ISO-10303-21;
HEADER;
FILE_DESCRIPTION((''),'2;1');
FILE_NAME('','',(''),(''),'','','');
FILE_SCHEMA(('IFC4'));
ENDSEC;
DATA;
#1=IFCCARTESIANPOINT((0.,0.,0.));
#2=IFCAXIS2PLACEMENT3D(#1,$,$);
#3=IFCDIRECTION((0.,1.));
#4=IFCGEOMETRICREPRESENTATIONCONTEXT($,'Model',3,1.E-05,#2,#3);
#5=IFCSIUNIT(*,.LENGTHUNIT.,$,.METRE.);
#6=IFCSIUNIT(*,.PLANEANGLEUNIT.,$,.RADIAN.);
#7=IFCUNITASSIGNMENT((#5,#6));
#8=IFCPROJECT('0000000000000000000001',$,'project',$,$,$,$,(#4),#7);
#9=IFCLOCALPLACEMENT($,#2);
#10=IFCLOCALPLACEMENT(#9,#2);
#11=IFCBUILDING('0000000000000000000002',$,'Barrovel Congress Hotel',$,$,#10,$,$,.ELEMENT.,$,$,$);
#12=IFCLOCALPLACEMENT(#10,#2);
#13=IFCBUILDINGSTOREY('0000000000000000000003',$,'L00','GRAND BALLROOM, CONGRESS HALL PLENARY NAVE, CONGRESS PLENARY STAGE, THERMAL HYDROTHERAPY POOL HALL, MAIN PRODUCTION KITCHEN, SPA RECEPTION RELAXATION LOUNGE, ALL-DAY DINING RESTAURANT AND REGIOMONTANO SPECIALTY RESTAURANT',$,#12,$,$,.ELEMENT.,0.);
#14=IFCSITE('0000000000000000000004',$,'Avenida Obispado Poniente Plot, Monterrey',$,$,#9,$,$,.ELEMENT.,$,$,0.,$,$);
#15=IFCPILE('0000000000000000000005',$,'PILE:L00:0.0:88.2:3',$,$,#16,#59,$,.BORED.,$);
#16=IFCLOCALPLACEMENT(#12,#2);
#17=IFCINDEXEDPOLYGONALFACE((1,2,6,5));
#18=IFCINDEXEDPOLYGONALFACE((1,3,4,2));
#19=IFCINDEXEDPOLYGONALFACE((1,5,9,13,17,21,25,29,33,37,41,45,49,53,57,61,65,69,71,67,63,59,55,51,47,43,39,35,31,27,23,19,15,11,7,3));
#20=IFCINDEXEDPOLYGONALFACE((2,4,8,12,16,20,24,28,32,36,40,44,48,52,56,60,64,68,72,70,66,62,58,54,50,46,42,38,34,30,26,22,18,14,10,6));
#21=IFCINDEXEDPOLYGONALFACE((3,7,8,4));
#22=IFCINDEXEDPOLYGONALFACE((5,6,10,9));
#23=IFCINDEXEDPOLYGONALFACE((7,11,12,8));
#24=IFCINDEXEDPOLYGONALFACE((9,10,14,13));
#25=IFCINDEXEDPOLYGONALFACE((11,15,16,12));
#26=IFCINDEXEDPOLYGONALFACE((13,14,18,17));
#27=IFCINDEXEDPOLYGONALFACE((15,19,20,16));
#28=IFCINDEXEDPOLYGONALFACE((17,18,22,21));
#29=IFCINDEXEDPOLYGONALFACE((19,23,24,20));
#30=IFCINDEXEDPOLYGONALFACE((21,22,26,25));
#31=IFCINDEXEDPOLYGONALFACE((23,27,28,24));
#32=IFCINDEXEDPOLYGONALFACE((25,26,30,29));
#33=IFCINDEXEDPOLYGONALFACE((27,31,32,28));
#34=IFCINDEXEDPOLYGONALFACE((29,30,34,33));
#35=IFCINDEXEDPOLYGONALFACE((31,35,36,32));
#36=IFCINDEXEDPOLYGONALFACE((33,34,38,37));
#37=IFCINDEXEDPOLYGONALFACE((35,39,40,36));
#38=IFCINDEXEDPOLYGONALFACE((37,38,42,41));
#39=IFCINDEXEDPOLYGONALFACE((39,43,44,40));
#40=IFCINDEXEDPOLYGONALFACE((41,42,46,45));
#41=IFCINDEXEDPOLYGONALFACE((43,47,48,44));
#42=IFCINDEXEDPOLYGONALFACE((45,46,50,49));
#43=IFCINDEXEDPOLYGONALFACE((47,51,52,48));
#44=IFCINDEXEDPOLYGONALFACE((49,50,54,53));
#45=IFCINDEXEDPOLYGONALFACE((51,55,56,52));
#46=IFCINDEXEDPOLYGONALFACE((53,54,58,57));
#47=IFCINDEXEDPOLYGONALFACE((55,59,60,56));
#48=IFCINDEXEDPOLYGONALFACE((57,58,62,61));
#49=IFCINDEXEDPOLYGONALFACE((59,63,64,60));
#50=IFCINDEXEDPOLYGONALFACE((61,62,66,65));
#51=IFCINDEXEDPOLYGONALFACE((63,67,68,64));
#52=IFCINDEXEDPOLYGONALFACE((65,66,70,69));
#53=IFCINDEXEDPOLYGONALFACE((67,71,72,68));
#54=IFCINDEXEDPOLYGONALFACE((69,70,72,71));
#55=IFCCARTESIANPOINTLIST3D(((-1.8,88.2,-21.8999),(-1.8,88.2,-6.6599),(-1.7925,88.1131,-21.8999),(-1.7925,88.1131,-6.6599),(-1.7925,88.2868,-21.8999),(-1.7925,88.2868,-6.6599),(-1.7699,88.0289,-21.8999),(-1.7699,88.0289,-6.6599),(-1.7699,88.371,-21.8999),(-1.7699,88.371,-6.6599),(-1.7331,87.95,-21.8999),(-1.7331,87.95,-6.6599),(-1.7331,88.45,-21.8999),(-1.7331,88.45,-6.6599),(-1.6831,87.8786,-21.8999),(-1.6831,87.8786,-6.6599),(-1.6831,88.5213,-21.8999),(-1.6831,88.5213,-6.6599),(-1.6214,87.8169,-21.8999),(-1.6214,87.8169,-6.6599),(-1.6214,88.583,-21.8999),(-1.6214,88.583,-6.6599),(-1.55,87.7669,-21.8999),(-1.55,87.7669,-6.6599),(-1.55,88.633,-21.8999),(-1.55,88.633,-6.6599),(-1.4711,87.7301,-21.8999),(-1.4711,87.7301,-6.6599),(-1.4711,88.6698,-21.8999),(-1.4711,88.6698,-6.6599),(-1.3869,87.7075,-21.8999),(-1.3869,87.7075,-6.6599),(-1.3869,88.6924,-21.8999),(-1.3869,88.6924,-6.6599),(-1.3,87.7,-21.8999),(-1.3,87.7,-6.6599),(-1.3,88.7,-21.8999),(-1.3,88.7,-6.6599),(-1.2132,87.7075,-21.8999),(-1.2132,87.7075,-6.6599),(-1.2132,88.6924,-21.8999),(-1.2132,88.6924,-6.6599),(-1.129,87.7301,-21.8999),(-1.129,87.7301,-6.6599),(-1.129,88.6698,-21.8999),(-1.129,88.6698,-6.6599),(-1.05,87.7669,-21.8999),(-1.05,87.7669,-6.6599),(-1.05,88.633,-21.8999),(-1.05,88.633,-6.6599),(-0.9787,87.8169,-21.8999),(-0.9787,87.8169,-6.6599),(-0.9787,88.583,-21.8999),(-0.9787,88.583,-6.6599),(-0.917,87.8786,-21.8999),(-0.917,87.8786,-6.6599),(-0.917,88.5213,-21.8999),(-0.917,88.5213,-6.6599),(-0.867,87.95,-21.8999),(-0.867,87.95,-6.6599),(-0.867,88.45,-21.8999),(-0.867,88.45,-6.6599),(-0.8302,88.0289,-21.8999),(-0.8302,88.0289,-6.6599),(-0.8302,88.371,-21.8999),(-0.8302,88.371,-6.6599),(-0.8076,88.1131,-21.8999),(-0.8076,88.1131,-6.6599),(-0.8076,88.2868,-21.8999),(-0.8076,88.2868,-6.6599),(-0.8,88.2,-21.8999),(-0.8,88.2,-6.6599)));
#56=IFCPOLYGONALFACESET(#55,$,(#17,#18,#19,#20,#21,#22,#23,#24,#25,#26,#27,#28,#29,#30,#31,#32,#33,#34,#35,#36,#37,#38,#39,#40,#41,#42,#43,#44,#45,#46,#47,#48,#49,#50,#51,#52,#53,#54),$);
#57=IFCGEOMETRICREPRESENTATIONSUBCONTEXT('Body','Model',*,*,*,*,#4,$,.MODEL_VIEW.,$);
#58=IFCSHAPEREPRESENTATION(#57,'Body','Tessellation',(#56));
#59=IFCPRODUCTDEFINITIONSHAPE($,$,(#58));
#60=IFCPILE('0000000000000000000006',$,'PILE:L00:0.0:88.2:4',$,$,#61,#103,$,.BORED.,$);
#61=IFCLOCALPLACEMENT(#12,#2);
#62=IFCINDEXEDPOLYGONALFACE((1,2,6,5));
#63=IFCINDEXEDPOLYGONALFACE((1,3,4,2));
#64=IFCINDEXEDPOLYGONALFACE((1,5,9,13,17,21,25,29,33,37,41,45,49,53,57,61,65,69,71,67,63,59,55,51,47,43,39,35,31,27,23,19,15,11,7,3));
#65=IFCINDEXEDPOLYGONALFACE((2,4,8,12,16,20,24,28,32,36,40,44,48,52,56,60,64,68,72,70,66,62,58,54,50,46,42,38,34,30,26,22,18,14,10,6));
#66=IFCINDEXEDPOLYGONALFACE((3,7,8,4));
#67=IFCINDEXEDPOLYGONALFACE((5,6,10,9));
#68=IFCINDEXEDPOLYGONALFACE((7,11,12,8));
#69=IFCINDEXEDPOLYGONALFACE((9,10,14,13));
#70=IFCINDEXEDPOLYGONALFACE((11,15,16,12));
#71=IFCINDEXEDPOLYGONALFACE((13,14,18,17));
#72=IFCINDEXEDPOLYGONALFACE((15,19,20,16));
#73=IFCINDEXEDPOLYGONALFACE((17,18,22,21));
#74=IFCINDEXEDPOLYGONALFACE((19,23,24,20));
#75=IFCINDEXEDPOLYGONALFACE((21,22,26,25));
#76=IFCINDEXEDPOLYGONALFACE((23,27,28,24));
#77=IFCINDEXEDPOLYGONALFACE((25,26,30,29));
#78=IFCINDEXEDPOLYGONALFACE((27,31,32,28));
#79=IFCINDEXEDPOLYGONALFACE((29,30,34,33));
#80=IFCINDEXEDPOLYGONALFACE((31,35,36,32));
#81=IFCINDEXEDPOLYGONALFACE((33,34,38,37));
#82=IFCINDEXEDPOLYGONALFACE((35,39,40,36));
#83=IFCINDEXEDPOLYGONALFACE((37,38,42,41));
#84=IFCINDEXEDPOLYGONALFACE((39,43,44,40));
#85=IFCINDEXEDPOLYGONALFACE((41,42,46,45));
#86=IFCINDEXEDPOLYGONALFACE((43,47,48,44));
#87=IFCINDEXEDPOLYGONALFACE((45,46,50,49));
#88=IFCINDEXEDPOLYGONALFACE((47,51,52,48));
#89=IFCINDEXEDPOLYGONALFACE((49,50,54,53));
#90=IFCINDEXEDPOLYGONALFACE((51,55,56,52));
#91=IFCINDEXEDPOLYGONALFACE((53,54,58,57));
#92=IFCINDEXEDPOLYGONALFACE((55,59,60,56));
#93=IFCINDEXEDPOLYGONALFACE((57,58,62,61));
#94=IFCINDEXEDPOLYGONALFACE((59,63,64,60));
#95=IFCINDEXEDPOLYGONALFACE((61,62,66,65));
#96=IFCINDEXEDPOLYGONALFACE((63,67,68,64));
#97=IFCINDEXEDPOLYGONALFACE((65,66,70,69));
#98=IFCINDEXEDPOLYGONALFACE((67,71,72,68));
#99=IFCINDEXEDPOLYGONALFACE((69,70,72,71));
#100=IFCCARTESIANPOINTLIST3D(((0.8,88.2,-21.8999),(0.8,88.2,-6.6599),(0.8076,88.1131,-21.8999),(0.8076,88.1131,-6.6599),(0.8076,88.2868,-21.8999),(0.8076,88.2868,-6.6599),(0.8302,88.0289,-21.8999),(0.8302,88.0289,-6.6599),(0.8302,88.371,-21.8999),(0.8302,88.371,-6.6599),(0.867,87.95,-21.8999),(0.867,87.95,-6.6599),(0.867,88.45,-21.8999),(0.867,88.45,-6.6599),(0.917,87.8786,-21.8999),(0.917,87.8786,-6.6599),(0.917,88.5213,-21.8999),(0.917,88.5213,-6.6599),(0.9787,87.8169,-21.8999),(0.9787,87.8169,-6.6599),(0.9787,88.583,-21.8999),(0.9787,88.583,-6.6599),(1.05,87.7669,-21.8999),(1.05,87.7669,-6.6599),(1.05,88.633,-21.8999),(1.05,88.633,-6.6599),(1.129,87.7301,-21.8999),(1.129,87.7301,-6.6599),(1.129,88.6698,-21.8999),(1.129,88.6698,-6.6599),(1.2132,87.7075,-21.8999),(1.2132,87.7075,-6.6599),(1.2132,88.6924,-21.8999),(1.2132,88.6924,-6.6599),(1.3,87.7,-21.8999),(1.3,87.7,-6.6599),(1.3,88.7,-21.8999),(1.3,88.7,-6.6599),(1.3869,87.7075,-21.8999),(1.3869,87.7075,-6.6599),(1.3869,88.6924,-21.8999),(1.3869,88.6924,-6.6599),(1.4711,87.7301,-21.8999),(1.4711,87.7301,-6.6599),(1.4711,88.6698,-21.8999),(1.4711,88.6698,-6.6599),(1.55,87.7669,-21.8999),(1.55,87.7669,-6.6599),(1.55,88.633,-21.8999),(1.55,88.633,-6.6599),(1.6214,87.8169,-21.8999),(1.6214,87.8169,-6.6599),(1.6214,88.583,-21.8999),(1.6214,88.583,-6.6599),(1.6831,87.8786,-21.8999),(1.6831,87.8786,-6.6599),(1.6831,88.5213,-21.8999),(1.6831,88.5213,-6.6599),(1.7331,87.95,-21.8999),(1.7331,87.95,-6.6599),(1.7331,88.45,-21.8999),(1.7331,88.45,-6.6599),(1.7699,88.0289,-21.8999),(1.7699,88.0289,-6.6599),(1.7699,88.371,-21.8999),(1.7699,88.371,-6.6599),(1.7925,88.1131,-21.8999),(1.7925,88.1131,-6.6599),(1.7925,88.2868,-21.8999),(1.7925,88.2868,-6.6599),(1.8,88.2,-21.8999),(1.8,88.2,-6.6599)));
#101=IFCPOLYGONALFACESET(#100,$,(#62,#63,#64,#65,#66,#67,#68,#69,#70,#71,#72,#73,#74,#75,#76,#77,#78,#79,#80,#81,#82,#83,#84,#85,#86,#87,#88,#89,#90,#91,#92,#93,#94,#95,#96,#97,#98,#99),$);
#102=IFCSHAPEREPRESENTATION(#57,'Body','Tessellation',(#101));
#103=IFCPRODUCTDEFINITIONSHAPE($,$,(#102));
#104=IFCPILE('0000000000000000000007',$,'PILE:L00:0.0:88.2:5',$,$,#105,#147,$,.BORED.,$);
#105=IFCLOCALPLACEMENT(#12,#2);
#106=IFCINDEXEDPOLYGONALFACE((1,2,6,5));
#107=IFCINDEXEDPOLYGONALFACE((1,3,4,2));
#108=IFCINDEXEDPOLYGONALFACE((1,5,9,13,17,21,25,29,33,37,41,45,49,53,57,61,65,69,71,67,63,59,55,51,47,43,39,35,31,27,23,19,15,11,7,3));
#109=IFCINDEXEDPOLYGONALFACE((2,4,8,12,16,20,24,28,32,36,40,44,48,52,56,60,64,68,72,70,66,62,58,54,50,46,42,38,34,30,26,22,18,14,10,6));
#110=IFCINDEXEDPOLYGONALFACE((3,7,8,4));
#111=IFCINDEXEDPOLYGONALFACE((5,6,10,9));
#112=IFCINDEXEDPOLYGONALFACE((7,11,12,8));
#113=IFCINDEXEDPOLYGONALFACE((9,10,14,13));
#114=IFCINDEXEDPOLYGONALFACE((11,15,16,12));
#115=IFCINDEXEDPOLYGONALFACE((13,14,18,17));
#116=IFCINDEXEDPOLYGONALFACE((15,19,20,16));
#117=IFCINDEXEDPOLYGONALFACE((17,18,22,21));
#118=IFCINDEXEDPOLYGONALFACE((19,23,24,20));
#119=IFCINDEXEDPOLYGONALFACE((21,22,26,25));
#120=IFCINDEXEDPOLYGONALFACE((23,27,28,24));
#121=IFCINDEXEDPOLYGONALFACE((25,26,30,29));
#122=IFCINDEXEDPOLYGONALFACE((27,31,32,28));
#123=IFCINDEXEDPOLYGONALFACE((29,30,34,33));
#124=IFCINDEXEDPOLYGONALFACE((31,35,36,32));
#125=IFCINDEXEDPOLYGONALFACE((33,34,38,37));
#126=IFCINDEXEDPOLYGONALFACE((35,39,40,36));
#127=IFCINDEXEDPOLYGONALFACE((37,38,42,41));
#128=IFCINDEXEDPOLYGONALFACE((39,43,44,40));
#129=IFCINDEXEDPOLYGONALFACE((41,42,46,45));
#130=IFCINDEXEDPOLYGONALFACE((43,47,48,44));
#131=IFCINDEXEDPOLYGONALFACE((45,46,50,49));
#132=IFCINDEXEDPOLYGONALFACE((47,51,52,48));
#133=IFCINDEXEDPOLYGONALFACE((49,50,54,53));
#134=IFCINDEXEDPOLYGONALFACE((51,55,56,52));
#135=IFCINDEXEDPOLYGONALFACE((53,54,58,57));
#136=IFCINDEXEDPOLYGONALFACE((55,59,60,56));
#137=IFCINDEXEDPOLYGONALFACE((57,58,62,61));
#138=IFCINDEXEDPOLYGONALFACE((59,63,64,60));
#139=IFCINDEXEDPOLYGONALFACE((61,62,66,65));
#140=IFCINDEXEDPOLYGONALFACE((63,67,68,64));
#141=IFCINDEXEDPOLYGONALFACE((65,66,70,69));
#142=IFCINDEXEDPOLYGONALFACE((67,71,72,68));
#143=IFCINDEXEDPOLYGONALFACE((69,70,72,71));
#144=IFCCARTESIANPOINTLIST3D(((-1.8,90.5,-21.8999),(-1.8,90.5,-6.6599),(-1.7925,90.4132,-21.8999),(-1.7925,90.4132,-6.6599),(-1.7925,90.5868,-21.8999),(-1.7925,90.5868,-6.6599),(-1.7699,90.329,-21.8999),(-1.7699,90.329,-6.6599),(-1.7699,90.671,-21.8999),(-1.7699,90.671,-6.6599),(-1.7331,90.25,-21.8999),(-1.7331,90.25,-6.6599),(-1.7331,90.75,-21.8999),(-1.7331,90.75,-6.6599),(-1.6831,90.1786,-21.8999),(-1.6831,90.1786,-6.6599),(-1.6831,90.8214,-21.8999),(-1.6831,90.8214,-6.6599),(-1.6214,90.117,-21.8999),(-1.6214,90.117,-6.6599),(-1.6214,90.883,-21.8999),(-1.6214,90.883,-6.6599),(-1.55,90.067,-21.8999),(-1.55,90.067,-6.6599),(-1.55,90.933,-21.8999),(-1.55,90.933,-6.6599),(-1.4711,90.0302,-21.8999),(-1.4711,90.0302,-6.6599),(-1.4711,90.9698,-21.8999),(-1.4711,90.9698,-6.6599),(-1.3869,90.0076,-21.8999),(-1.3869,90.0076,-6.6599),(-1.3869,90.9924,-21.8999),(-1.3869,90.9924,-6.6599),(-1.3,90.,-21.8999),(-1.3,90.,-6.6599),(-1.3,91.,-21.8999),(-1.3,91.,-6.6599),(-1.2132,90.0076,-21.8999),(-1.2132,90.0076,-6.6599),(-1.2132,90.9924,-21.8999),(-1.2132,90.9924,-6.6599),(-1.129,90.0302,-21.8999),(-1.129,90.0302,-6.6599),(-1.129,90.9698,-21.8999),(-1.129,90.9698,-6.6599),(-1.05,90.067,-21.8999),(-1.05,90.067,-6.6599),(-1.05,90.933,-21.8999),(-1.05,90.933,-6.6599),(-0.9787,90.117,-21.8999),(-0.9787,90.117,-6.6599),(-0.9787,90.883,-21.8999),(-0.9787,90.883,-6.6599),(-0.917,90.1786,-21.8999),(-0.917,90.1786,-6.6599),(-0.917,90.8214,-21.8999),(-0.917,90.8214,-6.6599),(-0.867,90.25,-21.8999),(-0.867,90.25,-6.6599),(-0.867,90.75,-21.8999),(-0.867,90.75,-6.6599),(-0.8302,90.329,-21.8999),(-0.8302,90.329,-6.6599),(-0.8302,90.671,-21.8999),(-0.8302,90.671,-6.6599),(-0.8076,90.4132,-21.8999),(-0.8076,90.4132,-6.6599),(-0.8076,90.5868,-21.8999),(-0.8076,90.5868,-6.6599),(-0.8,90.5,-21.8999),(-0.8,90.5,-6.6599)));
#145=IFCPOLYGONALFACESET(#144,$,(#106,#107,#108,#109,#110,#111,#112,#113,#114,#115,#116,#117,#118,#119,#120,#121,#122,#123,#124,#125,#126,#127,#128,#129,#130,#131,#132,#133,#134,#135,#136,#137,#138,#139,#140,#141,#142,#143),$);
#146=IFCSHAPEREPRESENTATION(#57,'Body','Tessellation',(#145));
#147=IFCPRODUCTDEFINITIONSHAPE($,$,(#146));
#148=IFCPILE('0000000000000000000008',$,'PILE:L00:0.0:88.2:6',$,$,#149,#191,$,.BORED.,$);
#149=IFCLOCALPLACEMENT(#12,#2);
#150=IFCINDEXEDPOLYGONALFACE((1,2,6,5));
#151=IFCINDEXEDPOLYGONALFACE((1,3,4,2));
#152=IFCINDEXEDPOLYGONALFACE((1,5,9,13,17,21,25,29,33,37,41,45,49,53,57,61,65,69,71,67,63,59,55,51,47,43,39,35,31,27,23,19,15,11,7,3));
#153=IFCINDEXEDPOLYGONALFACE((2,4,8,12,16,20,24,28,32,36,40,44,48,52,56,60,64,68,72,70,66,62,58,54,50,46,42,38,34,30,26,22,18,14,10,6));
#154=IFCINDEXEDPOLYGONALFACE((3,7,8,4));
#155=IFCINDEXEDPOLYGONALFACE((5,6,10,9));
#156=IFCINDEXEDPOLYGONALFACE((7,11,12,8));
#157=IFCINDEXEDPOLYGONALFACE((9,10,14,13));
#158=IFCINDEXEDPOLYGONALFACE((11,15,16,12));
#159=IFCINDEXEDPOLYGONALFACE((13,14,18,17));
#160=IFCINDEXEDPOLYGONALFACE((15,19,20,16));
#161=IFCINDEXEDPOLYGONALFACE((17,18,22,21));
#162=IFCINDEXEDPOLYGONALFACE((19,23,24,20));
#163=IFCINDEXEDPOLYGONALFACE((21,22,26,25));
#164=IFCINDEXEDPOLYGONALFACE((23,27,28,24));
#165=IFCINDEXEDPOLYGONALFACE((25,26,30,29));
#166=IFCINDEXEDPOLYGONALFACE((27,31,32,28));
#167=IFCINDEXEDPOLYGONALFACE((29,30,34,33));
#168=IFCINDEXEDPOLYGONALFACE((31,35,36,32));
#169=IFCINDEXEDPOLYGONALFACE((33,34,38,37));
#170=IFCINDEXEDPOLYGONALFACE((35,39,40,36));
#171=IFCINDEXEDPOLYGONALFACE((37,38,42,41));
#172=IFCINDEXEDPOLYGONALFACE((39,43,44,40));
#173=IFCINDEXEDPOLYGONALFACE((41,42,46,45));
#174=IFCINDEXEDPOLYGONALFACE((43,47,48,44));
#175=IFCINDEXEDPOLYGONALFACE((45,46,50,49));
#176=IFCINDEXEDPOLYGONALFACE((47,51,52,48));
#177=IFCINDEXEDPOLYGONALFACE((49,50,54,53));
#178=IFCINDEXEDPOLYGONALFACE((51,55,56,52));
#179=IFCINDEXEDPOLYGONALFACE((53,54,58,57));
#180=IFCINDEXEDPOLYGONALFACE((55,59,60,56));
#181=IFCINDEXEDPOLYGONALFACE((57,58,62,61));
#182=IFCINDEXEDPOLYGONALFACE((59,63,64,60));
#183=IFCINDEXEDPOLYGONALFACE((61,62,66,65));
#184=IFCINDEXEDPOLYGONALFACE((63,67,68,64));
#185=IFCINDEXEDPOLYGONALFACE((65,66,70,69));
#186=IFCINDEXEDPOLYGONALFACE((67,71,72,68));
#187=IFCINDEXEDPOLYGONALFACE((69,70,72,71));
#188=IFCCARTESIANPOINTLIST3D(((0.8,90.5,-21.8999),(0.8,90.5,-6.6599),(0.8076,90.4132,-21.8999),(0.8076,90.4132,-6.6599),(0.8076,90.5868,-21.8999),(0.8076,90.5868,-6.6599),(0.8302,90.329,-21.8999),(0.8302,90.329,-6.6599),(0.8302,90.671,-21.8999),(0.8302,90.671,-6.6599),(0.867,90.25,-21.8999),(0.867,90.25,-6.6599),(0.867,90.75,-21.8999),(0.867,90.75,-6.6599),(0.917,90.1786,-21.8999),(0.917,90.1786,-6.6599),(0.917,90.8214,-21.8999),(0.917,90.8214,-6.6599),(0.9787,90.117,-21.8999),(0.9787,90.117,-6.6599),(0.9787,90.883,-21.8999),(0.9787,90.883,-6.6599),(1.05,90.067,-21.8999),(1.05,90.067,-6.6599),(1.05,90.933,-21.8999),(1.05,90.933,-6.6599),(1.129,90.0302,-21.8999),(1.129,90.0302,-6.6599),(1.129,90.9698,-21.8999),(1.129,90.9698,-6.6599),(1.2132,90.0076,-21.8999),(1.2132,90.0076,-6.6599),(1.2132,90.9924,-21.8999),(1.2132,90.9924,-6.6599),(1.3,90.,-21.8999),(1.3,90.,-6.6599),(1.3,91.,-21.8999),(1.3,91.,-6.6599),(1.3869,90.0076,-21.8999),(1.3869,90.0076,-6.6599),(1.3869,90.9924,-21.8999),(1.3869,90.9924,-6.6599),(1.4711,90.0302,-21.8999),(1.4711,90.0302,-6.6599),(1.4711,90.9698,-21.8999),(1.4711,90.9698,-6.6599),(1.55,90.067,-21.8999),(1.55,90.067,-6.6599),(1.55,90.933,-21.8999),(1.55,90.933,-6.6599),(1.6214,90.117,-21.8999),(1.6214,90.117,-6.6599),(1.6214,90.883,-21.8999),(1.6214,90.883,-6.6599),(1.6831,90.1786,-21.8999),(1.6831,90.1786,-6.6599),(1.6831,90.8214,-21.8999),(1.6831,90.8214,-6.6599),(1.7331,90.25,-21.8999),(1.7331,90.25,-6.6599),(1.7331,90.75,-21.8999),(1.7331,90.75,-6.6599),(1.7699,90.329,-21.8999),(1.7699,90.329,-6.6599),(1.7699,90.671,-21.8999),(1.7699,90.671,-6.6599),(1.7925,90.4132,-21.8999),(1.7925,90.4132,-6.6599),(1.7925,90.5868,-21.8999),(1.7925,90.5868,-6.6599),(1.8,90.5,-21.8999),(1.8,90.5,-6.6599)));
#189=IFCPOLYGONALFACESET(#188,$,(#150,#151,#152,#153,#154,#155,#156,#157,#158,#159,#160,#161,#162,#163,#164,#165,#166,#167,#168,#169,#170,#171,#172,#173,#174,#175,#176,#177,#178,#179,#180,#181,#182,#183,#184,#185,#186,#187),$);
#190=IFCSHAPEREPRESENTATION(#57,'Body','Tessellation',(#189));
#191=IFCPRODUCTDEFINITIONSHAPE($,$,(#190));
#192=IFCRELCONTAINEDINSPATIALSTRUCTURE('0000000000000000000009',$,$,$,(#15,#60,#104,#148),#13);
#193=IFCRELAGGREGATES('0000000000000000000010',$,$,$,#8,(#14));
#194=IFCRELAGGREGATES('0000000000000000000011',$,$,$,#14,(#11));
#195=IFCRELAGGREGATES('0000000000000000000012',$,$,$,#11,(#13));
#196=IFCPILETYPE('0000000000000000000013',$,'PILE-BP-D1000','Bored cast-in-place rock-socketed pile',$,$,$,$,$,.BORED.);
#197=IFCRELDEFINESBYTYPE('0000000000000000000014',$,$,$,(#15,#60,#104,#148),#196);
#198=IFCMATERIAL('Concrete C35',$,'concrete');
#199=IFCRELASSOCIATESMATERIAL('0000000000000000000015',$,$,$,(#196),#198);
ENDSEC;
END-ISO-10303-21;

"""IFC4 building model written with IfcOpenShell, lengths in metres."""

from ifc_helpers import new_model, si_unit, direction, frame, origin, origin_2d, place, context, subcontext, project, spatial, circle, extrude, material, material_profile, profile_set, type_object, element, save


model = new_model("IFC4")

# Units and contexts
model_context = context("Model", 3, precision=1e-05, world=origin(), true_north=direction((0.0, 1.0)))
body_context = subcontext(model_context, "Body", "Model", "MODEL_VIEW")
ifc_project = project(units=[si_unit("LENGTHUNIT", "METRE"), si_unit("PLANEANGLEUNIT", "RADIAN")], contexts=[model_context])

# Site, building, storey
site_placement = place(None, origin())
site = spatial("IfcSite", under=ifc_project, at=site_placement, Name="Avenida Obispado Poniente Plot, Monterrey", CompositionType="ELEMENT", RefElevation=0.0)
building_placement = place(site_placement, origin())
building = spatial("IfcBuilding", under=site, at=building_placement, Name="Barrovel Congress Hotel", CompositionType="ELEMENT")
storey_placement = place(building_placement, origin())
storey = spatial("IfcBuildingStorey", under=building, at=storey_placement, Name="L00", Description="GRAND BALLROOM, CONGRESS HALL PLENARY NAVE, CONGRESS PLENARY STAGE, THERMAL HYDROTHERAPY POOL HALL, MAIN PRODUCTION KITCHEN, SPA RECEPTION RELAXATION LOUNGE, ALL-DAY DINING RESTAURANT AND REGIOMONTANO SPECIALTY RESTAURANT", CompositionType="ELEMENT", Elevation=0.0)

# Piles
ifc_material_1 = material(Name="Concrete C35", Category="concrete")
ifc_material_profile_1 = material_profile(ifc_material_1, circle(Radius=0.5, at=origin_2d()), Name="BP-D1000")
ifc_profile_set_1 = profile_set([ifc_material_profile_1], Name="Concrete C35")
pile_type_1 = type_object("IfcPileType", Name="PILE-BP-D1000", Description="Bored cast-in-place rock-socketed pile", PredefinedType="BORED", material=ifc_profile_set_1)
for number, where, z_axis, x_axis, name in (
    (1, (-1.3, 88.2, -6.6599), (0.0, 0.0, -1.0), (1.0, 0.0, 0.0), "PILE:L00:0.0:88.2:3"),
    (2, (1.3, 88.2, -6.6599), (0.0, 0.0, -1.0), (1.0, 0.0, 0.0), "PILE:L00:0.0:88.2:4"),
    (3, (-1.3, 90.5, -6.6599), (0.0, 0.0, -1.0), (1.0, 0.0, 0.0), "PILE:L00:0.0:88.2:5"),
    (4, (1.3, 90.5, -6.6599), (0.0, 0.0, -1.0), (1.0, 0.0, 0.0), "PILE:L00:0.0:88.2:6"),
):
    element("IfcPile", number, at=place(storey_placement, frame(where, z_axis=z_axis, x_axis=x_axis)), inside=storey, type_object=pile_type_1, Name=name, PredefinedType="BORED", context=body_context, shape_type="SweptSolid", body=[
        extrude(circle(Radius=0.5, at=origin_2d()), origin(), (0.0, 0.0, 1.0), 15.24),
    ])

save(model, "model.ifc")
